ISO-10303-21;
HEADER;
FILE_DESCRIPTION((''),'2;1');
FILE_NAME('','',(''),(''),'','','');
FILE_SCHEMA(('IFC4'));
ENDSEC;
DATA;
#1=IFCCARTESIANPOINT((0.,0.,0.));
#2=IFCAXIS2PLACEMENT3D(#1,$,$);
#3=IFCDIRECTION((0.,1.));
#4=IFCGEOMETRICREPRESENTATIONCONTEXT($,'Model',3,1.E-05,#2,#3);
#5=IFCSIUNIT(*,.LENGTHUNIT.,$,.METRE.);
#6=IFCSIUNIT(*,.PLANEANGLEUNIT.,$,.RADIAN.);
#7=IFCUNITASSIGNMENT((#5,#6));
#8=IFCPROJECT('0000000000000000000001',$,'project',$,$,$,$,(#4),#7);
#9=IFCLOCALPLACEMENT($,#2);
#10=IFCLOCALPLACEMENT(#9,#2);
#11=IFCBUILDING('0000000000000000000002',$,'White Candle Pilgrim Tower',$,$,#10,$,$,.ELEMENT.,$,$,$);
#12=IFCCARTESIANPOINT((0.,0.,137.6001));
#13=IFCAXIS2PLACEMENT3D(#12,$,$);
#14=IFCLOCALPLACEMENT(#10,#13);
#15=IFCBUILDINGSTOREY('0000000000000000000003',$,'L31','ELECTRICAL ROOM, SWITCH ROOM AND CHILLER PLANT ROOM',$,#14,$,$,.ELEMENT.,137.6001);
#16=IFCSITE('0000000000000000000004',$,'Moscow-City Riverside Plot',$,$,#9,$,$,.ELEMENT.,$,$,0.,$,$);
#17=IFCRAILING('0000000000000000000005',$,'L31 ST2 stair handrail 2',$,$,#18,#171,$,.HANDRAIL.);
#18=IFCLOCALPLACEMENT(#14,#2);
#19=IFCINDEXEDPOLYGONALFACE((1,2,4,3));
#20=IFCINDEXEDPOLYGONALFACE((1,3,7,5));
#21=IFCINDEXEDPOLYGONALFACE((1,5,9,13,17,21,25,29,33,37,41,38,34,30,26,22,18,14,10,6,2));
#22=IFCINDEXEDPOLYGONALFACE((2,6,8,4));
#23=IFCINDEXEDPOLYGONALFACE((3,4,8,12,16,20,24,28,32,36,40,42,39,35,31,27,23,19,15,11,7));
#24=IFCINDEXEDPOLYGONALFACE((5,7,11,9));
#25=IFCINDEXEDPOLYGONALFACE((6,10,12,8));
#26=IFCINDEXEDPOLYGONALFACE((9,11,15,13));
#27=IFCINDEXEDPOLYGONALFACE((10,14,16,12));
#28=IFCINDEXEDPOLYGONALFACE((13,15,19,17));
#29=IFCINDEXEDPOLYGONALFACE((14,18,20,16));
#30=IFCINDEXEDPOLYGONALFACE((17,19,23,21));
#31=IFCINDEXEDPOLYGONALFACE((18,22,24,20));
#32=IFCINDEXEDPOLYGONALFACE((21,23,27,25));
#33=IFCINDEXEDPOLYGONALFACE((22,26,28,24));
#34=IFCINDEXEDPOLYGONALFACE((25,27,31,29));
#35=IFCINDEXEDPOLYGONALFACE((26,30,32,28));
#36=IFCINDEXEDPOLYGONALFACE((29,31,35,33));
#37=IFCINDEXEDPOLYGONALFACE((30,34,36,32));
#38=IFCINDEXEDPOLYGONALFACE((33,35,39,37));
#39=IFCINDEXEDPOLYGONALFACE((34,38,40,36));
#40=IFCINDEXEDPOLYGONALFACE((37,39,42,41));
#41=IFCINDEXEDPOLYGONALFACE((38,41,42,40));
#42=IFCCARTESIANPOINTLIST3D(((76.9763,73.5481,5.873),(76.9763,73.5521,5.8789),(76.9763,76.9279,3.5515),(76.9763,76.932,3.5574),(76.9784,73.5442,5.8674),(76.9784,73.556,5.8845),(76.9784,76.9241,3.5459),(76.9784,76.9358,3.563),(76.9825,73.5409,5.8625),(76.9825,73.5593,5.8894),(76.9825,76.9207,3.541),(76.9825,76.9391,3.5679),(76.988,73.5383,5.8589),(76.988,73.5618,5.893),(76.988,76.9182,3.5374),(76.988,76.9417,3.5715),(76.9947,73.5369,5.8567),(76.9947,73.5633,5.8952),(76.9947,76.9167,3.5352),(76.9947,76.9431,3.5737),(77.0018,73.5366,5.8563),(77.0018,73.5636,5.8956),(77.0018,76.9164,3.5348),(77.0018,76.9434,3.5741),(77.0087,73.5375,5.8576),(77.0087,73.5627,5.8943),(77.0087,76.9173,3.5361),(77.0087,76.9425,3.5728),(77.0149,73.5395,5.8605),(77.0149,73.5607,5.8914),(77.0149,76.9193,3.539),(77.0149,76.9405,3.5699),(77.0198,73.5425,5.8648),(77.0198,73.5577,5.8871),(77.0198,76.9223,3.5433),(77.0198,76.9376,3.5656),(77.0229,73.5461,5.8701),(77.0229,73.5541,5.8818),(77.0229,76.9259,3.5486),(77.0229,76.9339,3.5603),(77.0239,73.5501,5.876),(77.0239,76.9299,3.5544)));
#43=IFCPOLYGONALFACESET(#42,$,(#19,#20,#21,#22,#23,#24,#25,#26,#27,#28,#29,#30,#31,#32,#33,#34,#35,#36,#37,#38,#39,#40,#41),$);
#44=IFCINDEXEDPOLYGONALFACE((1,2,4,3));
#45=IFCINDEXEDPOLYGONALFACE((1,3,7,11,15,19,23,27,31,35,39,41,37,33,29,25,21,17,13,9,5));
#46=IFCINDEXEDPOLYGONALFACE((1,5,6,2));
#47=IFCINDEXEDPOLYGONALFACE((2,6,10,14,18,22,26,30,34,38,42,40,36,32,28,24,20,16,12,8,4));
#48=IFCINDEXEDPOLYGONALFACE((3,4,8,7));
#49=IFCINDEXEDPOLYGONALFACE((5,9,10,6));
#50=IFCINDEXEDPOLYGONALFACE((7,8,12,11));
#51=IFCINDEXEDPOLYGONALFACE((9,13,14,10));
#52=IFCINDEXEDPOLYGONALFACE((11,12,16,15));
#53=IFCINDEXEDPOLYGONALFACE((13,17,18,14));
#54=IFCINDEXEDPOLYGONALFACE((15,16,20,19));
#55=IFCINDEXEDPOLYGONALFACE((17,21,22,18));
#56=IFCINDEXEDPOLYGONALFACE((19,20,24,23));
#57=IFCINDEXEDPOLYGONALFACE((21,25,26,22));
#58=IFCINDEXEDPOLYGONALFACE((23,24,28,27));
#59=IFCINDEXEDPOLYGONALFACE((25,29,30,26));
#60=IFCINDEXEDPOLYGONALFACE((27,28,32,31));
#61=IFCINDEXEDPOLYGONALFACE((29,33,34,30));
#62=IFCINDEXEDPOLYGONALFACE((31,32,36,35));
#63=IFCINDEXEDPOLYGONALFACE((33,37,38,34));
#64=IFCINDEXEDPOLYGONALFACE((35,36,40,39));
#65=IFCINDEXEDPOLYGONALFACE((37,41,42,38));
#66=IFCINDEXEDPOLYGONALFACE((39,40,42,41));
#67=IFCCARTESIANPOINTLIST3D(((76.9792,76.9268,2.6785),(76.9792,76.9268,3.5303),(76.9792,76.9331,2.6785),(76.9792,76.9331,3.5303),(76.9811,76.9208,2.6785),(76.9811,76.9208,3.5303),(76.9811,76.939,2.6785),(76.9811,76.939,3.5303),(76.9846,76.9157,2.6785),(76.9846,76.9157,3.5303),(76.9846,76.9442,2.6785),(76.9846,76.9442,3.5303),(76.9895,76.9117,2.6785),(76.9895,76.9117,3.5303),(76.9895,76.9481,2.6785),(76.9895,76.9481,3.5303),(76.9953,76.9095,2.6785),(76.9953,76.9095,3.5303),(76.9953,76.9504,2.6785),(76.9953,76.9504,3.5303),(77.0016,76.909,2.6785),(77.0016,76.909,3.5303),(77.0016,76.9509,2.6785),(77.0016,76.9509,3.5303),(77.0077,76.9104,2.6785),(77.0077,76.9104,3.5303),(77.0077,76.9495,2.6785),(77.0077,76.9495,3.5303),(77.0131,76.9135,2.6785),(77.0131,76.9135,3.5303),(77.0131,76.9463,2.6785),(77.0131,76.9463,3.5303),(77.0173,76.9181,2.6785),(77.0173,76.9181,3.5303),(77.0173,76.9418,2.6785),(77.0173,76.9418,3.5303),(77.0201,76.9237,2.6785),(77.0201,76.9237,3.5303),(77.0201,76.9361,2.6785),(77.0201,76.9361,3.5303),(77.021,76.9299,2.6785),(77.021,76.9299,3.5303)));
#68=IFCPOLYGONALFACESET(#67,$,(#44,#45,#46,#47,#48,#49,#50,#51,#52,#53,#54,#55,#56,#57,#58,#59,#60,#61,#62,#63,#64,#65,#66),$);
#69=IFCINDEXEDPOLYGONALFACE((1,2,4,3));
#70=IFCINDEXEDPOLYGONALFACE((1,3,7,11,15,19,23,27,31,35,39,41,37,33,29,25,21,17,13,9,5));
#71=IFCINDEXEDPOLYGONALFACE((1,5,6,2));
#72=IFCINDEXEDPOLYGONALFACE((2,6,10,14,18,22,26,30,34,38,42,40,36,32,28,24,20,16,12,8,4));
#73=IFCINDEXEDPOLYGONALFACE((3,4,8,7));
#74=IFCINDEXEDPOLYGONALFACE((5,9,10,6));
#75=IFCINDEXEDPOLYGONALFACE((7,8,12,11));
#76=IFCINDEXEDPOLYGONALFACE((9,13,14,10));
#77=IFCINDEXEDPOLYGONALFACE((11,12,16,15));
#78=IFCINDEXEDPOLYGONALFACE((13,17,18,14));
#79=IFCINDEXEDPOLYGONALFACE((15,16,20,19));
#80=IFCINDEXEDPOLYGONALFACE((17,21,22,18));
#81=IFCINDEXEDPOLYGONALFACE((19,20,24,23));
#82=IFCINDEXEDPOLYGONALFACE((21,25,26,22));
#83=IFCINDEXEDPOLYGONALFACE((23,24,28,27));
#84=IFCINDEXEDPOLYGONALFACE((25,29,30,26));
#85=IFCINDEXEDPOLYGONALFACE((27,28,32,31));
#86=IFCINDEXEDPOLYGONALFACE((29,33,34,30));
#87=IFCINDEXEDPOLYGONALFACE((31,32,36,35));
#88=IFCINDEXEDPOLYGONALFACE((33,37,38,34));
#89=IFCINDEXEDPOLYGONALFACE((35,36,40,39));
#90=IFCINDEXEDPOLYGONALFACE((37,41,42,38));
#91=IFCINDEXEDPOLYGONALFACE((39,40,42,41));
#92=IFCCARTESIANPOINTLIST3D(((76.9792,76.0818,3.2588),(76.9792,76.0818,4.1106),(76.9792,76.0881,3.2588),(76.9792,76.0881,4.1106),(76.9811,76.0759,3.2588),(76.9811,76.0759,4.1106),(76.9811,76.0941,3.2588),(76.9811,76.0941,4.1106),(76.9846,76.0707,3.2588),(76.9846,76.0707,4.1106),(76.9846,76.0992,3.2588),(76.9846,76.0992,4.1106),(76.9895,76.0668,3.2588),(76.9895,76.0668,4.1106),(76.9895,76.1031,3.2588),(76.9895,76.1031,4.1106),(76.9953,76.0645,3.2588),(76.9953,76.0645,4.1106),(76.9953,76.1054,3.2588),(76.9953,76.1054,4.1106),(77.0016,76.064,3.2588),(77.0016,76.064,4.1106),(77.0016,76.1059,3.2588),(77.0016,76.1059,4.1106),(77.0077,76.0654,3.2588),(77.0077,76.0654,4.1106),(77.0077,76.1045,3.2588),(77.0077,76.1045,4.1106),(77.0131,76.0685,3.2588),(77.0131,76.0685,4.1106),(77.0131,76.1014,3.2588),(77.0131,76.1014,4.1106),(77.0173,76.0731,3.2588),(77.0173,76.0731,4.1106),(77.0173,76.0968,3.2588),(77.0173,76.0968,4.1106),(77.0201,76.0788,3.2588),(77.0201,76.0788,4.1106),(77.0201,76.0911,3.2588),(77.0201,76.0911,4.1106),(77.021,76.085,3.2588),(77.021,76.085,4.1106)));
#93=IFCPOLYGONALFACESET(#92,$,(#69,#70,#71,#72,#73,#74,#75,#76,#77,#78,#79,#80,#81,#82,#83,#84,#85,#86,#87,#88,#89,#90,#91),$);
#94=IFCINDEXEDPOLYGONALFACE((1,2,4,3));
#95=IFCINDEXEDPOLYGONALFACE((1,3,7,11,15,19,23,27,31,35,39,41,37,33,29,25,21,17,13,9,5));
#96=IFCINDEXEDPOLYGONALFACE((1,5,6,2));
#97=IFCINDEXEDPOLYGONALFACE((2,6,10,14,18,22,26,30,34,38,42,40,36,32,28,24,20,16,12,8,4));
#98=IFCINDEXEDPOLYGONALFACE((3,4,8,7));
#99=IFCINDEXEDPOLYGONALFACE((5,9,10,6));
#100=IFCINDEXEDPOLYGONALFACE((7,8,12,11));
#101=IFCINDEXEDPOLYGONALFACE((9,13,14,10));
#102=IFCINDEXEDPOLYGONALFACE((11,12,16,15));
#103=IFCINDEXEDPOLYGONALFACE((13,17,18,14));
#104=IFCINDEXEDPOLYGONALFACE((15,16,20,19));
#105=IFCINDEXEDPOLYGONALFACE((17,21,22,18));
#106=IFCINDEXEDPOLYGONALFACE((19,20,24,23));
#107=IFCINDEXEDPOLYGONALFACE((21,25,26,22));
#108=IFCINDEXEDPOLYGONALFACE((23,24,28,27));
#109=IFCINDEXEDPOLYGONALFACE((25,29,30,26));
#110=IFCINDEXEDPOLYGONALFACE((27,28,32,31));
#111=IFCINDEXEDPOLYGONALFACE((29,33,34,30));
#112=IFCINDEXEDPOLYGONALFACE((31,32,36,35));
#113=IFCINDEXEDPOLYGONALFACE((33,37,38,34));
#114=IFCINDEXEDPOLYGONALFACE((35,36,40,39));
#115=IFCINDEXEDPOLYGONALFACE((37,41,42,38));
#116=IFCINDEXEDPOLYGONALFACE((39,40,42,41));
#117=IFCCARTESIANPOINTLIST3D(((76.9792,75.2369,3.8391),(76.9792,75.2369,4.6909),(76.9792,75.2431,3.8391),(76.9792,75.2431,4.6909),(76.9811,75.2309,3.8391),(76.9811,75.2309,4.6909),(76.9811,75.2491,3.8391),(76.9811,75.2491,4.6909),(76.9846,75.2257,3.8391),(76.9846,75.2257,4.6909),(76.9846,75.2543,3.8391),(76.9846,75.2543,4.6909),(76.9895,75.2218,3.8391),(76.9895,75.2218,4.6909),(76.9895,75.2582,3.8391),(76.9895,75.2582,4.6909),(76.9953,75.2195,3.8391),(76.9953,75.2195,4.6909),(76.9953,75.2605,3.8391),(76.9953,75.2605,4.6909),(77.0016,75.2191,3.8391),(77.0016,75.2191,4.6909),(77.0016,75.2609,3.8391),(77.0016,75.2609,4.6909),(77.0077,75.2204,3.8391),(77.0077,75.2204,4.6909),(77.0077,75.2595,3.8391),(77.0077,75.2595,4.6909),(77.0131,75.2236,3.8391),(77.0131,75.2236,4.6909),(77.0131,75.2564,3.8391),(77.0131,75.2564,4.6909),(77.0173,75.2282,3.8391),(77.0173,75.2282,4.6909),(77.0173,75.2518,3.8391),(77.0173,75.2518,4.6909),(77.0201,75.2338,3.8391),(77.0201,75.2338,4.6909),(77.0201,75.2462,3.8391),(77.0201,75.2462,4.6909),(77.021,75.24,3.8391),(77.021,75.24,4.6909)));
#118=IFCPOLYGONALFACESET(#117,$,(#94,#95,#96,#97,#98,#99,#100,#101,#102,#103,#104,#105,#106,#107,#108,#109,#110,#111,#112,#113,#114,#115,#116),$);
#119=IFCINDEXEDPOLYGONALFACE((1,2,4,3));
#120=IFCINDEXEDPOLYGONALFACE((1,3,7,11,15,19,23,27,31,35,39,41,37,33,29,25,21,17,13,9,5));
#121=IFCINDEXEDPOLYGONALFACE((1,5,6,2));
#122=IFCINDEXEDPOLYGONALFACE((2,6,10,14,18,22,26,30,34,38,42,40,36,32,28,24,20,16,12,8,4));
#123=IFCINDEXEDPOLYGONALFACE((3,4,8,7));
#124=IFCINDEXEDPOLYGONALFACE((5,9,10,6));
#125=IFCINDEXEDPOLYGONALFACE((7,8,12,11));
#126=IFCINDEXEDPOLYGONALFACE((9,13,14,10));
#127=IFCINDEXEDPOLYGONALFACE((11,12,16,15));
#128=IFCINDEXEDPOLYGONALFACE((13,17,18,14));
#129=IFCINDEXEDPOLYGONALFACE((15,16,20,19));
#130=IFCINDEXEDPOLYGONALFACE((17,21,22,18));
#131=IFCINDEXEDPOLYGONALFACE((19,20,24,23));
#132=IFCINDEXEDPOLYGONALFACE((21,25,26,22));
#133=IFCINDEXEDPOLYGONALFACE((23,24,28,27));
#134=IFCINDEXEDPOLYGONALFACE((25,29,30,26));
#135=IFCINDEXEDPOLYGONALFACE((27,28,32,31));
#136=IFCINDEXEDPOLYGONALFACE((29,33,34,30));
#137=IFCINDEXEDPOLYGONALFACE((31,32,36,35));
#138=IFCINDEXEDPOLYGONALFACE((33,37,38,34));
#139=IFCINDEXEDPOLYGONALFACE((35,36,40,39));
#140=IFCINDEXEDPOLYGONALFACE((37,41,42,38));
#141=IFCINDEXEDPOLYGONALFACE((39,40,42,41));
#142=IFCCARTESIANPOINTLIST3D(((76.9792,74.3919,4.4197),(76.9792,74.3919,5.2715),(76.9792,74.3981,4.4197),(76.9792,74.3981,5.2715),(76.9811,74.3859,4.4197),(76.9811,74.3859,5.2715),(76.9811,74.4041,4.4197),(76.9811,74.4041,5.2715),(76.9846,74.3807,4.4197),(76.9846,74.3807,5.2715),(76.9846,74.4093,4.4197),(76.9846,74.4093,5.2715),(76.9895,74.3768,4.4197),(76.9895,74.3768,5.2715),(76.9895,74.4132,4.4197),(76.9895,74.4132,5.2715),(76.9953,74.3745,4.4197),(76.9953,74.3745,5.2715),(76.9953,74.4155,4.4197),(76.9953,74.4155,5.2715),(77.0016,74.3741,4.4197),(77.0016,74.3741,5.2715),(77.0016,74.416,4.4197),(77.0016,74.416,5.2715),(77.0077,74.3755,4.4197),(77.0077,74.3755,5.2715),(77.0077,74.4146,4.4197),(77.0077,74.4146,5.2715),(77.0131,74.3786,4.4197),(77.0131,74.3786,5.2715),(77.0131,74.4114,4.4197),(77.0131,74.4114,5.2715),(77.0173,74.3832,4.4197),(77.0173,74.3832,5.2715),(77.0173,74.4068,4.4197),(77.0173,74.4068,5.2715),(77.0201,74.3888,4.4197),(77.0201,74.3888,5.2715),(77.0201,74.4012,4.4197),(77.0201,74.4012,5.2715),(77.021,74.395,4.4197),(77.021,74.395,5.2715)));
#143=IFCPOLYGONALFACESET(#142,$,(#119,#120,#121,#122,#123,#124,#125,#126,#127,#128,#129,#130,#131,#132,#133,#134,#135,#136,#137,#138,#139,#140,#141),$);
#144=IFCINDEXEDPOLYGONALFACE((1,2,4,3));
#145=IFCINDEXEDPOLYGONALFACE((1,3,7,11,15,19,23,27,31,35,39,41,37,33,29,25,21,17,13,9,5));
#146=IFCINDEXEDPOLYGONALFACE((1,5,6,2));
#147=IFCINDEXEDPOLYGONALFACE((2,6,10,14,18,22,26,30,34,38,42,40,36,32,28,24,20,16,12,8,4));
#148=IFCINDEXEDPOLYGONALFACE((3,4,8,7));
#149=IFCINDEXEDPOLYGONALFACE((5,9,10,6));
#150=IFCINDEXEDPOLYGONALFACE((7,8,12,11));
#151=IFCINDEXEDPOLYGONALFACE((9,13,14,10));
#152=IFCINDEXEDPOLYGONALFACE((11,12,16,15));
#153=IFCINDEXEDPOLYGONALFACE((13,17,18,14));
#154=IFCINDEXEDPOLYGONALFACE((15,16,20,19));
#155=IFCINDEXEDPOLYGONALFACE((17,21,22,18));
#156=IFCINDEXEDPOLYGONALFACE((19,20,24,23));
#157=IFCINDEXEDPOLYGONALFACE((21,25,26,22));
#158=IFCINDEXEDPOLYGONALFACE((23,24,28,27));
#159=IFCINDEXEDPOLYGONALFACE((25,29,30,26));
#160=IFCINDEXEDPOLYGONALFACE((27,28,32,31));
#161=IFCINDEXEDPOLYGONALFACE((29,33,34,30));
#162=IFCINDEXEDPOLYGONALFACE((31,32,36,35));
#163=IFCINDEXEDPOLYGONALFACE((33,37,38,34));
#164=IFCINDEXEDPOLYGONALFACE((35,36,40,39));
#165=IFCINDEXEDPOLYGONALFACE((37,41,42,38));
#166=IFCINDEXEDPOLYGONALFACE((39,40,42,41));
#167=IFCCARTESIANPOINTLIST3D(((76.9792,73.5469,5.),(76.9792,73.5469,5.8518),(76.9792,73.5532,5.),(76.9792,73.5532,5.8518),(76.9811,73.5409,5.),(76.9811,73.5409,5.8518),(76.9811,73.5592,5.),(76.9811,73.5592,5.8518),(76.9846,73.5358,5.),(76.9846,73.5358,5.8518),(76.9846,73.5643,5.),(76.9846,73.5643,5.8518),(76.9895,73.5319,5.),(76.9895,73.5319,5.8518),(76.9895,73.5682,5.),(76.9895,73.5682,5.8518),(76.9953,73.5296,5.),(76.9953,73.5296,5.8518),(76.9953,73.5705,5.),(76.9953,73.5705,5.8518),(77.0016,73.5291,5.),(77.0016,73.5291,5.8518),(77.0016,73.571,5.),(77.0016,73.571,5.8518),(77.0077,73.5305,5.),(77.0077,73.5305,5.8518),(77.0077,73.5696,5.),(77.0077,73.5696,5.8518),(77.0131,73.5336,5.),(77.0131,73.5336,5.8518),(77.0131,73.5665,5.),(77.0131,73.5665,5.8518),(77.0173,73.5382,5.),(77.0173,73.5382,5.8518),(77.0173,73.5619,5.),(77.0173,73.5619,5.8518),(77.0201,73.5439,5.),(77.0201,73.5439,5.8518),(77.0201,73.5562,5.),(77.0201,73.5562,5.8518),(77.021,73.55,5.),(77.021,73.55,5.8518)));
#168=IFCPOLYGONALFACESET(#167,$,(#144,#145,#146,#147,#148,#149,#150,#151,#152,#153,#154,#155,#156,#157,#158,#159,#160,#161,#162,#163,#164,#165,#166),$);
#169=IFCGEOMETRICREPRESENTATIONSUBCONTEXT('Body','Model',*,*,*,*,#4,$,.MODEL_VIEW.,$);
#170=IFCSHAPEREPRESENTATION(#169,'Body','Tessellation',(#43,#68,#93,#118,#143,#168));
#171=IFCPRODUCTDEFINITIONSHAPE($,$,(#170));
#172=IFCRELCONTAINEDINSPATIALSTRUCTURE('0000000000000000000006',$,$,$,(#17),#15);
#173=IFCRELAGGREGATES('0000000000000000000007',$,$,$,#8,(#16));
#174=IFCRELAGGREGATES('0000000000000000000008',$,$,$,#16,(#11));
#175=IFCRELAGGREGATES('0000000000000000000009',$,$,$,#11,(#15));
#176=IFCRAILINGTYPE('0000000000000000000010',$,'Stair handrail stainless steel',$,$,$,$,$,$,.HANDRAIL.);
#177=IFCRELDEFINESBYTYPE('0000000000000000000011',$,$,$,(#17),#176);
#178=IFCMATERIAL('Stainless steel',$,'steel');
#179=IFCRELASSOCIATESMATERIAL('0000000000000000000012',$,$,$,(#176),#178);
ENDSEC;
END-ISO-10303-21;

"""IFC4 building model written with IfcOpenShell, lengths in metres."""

from ifc_helpers import new_model, si_unit, direction, frame, origin, origin_2d, place, context, subcontext, project, spatial, circle, extrude, material, type_object, element, save


model = new_model("IFC4")

# Units and contexts
model_context = context("Model", 3, precision=1e-05, world=origin(), true_north=direction((0.0, 1.0)))
body_context = subcontext(model_context, "Body", "Model", "MODEL_VIEW")
ifc_project = project(units=[si_unit("LENGTHUNIT", "METRE"), si_unit("PLANEANGLEUNIT", "RADIAN")], contexts=[model_context])

# Site, building, storey
site_placement = place(None, origin())
site = spatial("IfcSite", under=ifc_project, at=site_placement, Name="Moscow-City Riverside Plot", CompositionType="ELEMENT", RefElevation=0.0)
building_placement = place(site_placement, origin())
building = spatial("IfcBuilding", under=site, at=building_placement, Name="White Candle Pilgrim Tower", CompositionType="ELEMENT")
storey_placement = place(building_placement, frame((0.0, 0.0, 137.6001)))
storey = spatial("IfcBuildingStorey", under=building, at=storey_placement, Name="L31", Description="ELECTRICAL ROOM, SWITCH ROOM AND CHILLER PLANT ROOM", CompositionType="ELEMENT", Elevation=137.6001)

# Railing
ifc_material_1 = material(Name="Stainless steel", Category="steel")
railing_type_1 = type_object("IfcRailingType", Name="Stair handrail stainless steel", PredefinedType="HANDRAIL", material=ifc_material_1)
railing_1_placement = place(storey_placement, frame((77.0, 76.9299, 2.6785)))
element("IfcRailing", 1, at=railing_1_placement, inside=storey, type_object=railing_type_1, Name="L31 ST2 stair handrail 2", PredefinedType="HANDRAIL", context=body_context, shape_type="SweptSolid", body=[
    extrude(circle(Radius=0.0239, at=origin_2d()), frame((0.0, 0.0, 0.876), z_axis=(0.0, -0.824285, 0.566175), x_axis=(1.0, 0.0, 0.0)), (0.0, 0.0, 1.0), 4.1003),
    extrude(circle(Radius=0.021, at=origin_2d()), origin(), (0.0, 0.0, 1.0), 0.8518),
    extrude(circle(Radius=0.021, at=origin_2d()), frame((0.0, -0.845, 0.5803)), (0.0, 0.0, 1.0), 0.8518),
    extrude(circle(Radius=0.021, at=origin_2d()), frame((0.0, -1.6899, 1.1606)), (0.0, 0.0, 1.0), 0.8518),
    extrude(circle(Radius=0.021, at=origin_2d()), frame((0.0, -2.5349, 1.7412)), (0.0, 0.0, 1.0), 0.8518),
    extrude(circle(Radius=0.021, at=origin_2d()), frame((0.0, -3.3799, 2.3215)), (0.0, 0.0, 1.0), 0.8518),
])

save(model, "model.ifc")
